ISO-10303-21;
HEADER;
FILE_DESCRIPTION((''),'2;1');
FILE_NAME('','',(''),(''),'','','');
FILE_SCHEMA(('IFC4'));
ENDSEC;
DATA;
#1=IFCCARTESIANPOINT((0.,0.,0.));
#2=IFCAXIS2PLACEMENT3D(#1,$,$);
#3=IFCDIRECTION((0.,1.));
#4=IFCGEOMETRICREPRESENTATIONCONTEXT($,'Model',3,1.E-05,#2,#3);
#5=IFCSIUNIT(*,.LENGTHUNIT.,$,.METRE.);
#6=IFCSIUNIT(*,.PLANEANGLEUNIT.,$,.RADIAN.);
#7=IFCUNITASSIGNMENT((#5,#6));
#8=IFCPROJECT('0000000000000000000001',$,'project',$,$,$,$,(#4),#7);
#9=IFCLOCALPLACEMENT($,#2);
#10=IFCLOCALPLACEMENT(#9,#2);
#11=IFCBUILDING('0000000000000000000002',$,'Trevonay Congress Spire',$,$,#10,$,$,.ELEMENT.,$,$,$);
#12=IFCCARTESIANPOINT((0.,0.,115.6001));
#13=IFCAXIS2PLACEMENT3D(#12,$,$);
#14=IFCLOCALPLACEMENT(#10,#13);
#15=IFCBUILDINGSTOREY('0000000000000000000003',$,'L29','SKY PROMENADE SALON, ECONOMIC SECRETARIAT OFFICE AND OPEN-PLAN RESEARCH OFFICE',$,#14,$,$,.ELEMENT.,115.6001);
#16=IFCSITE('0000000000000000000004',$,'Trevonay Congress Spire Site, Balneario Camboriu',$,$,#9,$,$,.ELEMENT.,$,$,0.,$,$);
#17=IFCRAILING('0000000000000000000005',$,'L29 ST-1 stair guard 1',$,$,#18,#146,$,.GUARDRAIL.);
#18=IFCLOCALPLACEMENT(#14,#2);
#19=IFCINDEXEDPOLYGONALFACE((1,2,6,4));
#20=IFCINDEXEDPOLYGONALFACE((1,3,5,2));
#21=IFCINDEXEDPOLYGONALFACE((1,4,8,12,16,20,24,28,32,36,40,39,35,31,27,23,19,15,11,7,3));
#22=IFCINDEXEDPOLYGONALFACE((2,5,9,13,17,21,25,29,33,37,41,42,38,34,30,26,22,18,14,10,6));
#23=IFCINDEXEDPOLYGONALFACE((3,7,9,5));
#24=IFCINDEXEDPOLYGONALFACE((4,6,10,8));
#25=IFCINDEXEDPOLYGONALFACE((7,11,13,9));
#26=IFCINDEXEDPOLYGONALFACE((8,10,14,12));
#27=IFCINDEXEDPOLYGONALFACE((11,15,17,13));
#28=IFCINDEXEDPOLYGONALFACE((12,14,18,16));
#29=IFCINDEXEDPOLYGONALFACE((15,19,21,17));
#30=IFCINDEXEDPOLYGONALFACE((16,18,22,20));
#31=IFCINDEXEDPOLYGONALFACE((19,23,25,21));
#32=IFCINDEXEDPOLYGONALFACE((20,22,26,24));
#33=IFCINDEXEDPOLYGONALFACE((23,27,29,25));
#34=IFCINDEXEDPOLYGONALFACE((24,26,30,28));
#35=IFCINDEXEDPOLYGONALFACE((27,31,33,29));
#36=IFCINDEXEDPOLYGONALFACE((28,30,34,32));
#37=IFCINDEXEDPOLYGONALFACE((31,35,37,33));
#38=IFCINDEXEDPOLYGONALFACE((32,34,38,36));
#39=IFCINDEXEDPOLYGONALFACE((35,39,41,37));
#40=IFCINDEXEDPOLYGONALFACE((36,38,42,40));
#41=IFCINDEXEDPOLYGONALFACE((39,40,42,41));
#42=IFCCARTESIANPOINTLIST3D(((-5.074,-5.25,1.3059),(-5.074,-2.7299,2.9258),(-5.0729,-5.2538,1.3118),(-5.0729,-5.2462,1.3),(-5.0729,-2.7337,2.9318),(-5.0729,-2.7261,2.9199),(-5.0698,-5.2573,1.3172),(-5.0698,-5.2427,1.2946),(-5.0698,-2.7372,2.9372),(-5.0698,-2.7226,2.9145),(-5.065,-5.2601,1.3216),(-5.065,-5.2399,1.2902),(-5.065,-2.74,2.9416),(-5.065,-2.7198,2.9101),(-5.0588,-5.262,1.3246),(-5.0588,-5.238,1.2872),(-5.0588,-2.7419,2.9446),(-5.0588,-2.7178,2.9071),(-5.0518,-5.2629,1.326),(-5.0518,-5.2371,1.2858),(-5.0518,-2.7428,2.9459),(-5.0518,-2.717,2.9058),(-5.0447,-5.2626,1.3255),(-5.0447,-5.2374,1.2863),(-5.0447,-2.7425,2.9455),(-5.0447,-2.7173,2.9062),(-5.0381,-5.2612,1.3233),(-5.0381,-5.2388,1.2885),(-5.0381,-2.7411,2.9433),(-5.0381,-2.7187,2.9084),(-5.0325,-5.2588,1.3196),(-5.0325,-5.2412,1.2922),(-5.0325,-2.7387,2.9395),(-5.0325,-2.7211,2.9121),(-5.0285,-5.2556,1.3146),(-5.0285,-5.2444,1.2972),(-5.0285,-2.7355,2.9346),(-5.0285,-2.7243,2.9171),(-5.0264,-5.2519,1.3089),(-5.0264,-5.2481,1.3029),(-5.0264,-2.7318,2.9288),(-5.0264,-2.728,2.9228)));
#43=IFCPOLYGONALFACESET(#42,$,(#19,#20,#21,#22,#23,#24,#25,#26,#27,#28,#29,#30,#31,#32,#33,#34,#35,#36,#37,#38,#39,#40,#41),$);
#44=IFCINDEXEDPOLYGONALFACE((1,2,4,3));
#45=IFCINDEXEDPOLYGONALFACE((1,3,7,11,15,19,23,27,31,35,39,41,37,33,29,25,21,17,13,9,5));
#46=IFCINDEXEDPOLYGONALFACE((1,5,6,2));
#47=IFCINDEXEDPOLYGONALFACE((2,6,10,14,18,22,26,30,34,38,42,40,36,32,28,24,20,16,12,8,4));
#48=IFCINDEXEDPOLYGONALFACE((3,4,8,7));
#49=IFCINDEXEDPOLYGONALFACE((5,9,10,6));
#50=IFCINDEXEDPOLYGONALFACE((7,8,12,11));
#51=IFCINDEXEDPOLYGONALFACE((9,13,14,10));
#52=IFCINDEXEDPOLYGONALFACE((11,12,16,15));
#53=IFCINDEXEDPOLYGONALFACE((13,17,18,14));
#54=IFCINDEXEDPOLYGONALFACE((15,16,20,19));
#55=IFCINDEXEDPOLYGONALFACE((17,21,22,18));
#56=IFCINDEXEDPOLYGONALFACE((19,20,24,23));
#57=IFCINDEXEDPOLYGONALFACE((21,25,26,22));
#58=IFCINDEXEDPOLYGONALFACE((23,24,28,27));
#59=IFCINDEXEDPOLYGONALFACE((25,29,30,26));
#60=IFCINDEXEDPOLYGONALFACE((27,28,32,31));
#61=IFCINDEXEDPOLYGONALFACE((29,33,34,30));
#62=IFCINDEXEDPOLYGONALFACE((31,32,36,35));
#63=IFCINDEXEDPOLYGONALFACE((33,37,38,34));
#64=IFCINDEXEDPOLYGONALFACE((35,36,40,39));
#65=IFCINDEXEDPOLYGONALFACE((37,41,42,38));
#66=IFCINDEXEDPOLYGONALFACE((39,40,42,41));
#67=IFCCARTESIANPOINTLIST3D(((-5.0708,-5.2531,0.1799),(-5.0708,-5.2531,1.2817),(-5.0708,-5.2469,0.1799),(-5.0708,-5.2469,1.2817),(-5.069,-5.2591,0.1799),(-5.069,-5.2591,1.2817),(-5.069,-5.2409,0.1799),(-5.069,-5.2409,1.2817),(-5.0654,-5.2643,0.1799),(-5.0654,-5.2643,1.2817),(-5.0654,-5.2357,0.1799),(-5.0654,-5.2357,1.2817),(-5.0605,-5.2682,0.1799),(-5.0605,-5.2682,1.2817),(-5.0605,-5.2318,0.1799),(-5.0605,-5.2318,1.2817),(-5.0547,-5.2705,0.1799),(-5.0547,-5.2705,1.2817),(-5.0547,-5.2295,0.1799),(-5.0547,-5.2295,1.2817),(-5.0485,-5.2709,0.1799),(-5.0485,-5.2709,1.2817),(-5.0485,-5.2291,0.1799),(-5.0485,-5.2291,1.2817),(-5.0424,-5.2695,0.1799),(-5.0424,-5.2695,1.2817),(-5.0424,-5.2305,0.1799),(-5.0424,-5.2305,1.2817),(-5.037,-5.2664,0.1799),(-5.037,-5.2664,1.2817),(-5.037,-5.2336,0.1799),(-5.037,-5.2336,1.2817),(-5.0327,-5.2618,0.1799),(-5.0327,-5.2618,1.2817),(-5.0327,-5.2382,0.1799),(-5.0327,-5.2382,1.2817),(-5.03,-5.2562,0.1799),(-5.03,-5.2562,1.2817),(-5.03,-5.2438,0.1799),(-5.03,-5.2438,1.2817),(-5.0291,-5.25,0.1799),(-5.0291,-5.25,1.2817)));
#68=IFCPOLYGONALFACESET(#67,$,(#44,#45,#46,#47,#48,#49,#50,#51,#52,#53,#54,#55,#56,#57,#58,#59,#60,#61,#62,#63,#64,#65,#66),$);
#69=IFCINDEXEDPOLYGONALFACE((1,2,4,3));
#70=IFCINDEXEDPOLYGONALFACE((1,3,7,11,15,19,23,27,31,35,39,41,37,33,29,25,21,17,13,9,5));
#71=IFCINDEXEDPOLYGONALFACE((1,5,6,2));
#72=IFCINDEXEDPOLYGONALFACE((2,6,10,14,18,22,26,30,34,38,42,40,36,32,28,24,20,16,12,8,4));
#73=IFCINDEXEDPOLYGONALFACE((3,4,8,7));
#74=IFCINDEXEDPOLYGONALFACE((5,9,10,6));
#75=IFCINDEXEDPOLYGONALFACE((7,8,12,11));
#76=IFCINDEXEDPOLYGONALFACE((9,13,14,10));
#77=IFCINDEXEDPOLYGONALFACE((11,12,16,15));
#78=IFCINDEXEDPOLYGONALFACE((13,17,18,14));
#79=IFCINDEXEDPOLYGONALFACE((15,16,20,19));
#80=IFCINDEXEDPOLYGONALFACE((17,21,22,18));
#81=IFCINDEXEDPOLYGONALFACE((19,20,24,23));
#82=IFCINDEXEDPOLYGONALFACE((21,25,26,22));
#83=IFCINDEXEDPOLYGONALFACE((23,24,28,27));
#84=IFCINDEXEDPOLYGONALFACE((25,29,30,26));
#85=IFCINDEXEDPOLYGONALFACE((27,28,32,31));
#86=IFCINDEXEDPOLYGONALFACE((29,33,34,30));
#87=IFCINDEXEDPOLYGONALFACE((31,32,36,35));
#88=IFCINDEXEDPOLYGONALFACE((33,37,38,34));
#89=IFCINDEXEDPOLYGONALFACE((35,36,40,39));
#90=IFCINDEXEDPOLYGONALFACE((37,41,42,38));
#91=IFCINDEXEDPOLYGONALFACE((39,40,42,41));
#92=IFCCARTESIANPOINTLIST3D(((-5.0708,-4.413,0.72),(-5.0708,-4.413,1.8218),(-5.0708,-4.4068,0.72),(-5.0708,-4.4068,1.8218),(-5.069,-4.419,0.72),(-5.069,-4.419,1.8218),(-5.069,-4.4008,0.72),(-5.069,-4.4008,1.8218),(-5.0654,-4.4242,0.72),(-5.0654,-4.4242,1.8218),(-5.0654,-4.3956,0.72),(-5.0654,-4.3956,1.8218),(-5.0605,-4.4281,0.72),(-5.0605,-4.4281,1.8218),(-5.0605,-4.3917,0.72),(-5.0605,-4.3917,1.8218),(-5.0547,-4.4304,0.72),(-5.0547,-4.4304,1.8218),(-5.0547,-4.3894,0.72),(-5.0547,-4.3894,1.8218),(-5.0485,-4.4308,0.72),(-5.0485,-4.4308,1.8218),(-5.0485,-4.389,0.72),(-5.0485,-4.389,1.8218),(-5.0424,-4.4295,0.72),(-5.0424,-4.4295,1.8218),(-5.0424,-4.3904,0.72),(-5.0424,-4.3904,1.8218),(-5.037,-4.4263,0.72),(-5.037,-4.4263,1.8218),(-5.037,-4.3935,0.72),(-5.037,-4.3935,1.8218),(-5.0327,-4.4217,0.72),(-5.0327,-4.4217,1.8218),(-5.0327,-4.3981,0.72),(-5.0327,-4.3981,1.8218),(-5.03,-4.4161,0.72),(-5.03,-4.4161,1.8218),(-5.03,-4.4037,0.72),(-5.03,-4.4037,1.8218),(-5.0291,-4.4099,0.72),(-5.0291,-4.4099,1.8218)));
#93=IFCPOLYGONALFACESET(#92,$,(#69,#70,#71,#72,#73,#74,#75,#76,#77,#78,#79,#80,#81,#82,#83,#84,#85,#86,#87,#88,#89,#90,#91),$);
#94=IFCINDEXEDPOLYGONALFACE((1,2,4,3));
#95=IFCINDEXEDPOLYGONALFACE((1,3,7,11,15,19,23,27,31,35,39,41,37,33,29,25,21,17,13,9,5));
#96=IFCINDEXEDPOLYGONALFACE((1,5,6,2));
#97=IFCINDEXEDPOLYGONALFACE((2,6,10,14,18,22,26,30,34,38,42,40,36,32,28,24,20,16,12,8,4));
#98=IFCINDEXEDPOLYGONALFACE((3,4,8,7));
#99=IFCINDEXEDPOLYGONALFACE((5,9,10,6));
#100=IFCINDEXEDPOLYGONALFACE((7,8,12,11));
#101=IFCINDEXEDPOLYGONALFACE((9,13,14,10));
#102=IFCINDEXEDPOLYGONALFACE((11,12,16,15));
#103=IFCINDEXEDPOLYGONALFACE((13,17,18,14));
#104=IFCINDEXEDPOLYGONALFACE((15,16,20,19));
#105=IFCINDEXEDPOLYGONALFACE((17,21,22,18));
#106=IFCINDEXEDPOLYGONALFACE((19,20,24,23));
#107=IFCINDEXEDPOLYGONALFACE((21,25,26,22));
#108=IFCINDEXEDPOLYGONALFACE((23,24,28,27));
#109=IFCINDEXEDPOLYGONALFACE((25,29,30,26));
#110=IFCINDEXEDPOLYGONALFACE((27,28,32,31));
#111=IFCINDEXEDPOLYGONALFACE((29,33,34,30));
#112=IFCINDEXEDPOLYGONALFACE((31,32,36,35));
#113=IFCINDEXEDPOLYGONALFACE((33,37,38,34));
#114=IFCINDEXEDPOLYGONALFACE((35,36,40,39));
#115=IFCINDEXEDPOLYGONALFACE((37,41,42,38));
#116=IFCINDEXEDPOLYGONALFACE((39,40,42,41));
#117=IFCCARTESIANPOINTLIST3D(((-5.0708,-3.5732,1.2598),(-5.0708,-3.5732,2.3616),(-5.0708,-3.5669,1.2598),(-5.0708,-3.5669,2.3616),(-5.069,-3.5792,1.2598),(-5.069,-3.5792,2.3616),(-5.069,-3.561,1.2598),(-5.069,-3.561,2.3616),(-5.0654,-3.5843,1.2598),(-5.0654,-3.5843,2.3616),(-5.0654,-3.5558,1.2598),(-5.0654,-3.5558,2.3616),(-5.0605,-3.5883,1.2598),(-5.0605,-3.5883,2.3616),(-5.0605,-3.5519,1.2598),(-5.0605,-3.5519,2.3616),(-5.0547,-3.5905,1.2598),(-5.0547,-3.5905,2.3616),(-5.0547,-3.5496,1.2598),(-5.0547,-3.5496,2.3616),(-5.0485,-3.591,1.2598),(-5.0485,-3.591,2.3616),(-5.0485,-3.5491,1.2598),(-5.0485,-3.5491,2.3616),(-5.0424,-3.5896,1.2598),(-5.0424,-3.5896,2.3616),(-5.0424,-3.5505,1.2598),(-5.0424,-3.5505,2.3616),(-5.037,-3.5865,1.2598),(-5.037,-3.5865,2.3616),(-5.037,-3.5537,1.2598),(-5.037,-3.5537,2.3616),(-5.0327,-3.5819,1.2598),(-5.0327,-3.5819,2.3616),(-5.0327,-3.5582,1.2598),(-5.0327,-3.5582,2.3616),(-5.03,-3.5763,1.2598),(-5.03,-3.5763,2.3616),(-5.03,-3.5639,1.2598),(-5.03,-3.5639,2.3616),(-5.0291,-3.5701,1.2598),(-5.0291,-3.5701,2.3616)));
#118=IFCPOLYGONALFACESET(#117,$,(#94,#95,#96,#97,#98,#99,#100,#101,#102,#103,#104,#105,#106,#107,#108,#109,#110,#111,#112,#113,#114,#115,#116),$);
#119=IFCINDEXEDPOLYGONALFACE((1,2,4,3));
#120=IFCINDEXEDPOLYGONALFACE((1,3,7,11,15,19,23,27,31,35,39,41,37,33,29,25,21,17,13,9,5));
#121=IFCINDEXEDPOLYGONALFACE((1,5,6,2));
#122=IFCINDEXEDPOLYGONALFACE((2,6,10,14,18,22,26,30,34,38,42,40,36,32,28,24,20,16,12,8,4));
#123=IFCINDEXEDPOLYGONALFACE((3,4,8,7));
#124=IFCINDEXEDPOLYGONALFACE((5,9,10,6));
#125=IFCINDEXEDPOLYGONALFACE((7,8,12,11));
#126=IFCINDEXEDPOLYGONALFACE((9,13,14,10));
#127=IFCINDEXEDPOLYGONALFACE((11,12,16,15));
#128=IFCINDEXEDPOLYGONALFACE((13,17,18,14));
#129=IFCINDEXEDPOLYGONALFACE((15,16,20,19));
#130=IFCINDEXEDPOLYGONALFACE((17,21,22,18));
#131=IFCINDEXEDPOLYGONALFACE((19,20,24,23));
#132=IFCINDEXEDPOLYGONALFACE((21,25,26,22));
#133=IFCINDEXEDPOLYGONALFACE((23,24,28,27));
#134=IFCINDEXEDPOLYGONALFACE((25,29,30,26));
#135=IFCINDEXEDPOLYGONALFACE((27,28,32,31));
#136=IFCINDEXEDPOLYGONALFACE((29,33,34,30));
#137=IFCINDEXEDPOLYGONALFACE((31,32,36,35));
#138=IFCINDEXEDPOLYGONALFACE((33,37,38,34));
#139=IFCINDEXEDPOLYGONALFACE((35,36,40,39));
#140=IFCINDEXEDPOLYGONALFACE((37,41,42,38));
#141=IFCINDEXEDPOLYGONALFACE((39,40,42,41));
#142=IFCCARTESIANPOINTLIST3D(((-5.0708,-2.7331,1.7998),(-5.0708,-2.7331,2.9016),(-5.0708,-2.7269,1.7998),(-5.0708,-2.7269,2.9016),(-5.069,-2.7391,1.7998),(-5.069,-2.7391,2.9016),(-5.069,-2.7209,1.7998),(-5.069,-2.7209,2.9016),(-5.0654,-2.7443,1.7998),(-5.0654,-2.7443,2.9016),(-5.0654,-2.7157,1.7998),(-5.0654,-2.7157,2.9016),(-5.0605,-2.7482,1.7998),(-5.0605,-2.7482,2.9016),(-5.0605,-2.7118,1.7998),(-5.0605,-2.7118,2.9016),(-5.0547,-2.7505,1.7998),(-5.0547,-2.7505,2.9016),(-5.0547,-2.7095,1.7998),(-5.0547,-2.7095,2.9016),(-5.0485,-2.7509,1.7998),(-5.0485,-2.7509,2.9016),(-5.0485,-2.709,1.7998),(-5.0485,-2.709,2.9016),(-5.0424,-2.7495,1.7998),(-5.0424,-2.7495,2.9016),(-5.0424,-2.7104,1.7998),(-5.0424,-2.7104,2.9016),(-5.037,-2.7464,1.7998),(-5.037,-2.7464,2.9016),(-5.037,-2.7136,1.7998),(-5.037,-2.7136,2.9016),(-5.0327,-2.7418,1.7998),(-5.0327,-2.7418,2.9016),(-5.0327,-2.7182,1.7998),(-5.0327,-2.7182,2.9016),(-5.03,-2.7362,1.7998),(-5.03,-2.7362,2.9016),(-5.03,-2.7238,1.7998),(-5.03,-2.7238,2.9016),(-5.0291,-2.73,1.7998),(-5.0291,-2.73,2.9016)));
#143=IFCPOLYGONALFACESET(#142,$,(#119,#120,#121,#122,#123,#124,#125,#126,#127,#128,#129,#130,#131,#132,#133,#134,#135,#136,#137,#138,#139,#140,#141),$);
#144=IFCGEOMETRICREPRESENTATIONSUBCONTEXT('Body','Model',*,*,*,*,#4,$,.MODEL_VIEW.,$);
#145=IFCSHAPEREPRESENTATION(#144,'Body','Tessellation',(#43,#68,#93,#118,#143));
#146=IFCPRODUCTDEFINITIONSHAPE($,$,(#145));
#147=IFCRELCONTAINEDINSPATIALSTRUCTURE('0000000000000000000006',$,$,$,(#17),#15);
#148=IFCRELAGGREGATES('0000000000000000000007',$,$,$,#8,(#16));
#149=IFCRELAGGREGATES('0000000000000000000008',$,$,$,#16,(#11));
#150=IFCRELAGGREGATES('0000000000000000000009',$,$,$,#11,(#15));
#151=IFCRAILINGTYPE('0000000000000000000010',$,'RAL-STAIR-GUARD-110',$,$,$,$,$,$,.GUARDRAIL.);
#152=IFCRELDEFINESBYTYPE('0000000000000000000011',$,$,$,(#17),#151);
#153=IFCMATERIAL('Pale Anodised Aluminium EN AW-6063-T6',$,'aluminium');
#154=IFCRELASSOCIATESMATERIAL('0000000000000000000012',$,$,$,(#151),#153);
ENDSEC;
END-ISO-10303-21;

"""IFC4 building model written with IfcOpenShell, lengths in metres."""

from ifc_helpers import new_model, si_unit, direction, frame, origin, origin_2d, place, context, subcontext, project, spatial, circle, extrude, material, type_object, element, save


model = new_model("IFC4")

# Units and contexts
model_context = context("Model", 3, precision=1e-05, world=origin(), true_north=direction((0.0, 1.0)))
body_context = subcontext(model_context, "Body", "Model", "MODEL_VIEW")
ifc_project = project(units=[si_unit("LENGTHUNIT", "METRE"), si_unit("PLANEANGLEUNIT", "RADIAN")], contexts=[model_context])

# Site, building, storey
site_placement = place(None, origin())
site = spatial("IfcSite", under=ifc_project, at=site_placement, Name="Trevonay Congress Spire Site, Balneario Camboriu", CompositionType="ELEMENT", RefElevation=0.0)
building_placement = place(site_placement, origin())
building = spatial("IfcBuilding", under=site, at=building_placement, Name="Trevonay Congress Spire", CompositionType="ELEMENT")
storey_placement = place(building_placement, frame((0.0, 0.0, 115.6001)))
storey = spatial("IfcBuildingStorey", under=building, at=storey_placement, Name="L29", Description="SKY PROMENADE SALON, ECONOMIC SECRETARIAT OFFICE AND OPEN-PLAN RESEARCH OFFICE", CompositionType="ELEMENT", Elevation=115.6001)

# Railing
ifc_material_1 = material(Name="Pale Anodised Aluminium EN AW-6063-T6", Category="aluminium")
railing_type_1 = type_object("IfcRailingType", Name="RAL-STAIR-GUARD-110", PredefinedType="GUARDRAIL", material=ifc_material_1)
railing_1_placement = place(storey_placement, frame((-5.05, -5.25, 0.1799)))
element("IfcRailing", 1, at=railing_1_placement, inside=storey, type_object=railing_type_1, Name="L29 ST-1 stair guard 1", PredefinedType="GUARDRAIL", context=body_context, shape_type="SweptSolid", body=[
    extrude(circle(Radius=0.0239, at=origin_2d()), frame((0.0, 0.0, 1.126), z_axis=(0.0, 0.8412, 0.540725), x_axis=(-1.0, 0.0, 0.0)), (0.0, 0.0, 1.0), 2.9958),
    extrude(circle(Radius=0.021, at=origin_2d()), origin(), (0.0, 0.0, 1.0), 1.1018),
    extrude(circle(Radius=0.021, at=origin_2d()), frame((0.0, 0.8401, 0.54)), (0.0, 0.0, 1.0), 1.1018),
    extrude(circle(Radius=0.021, at=origin_2d()), frame((0.0, 1.6799, 1.0798)), (0.0, 0.0, 1.0), 1.1018),
    extrude(circle(Radius=0.021, at=origin_2d()), frame((0.0, 2.52, 1.6199)), (0.0, 0.0, 1.0), 1.1018),
])

save(model, "model.ifc")
